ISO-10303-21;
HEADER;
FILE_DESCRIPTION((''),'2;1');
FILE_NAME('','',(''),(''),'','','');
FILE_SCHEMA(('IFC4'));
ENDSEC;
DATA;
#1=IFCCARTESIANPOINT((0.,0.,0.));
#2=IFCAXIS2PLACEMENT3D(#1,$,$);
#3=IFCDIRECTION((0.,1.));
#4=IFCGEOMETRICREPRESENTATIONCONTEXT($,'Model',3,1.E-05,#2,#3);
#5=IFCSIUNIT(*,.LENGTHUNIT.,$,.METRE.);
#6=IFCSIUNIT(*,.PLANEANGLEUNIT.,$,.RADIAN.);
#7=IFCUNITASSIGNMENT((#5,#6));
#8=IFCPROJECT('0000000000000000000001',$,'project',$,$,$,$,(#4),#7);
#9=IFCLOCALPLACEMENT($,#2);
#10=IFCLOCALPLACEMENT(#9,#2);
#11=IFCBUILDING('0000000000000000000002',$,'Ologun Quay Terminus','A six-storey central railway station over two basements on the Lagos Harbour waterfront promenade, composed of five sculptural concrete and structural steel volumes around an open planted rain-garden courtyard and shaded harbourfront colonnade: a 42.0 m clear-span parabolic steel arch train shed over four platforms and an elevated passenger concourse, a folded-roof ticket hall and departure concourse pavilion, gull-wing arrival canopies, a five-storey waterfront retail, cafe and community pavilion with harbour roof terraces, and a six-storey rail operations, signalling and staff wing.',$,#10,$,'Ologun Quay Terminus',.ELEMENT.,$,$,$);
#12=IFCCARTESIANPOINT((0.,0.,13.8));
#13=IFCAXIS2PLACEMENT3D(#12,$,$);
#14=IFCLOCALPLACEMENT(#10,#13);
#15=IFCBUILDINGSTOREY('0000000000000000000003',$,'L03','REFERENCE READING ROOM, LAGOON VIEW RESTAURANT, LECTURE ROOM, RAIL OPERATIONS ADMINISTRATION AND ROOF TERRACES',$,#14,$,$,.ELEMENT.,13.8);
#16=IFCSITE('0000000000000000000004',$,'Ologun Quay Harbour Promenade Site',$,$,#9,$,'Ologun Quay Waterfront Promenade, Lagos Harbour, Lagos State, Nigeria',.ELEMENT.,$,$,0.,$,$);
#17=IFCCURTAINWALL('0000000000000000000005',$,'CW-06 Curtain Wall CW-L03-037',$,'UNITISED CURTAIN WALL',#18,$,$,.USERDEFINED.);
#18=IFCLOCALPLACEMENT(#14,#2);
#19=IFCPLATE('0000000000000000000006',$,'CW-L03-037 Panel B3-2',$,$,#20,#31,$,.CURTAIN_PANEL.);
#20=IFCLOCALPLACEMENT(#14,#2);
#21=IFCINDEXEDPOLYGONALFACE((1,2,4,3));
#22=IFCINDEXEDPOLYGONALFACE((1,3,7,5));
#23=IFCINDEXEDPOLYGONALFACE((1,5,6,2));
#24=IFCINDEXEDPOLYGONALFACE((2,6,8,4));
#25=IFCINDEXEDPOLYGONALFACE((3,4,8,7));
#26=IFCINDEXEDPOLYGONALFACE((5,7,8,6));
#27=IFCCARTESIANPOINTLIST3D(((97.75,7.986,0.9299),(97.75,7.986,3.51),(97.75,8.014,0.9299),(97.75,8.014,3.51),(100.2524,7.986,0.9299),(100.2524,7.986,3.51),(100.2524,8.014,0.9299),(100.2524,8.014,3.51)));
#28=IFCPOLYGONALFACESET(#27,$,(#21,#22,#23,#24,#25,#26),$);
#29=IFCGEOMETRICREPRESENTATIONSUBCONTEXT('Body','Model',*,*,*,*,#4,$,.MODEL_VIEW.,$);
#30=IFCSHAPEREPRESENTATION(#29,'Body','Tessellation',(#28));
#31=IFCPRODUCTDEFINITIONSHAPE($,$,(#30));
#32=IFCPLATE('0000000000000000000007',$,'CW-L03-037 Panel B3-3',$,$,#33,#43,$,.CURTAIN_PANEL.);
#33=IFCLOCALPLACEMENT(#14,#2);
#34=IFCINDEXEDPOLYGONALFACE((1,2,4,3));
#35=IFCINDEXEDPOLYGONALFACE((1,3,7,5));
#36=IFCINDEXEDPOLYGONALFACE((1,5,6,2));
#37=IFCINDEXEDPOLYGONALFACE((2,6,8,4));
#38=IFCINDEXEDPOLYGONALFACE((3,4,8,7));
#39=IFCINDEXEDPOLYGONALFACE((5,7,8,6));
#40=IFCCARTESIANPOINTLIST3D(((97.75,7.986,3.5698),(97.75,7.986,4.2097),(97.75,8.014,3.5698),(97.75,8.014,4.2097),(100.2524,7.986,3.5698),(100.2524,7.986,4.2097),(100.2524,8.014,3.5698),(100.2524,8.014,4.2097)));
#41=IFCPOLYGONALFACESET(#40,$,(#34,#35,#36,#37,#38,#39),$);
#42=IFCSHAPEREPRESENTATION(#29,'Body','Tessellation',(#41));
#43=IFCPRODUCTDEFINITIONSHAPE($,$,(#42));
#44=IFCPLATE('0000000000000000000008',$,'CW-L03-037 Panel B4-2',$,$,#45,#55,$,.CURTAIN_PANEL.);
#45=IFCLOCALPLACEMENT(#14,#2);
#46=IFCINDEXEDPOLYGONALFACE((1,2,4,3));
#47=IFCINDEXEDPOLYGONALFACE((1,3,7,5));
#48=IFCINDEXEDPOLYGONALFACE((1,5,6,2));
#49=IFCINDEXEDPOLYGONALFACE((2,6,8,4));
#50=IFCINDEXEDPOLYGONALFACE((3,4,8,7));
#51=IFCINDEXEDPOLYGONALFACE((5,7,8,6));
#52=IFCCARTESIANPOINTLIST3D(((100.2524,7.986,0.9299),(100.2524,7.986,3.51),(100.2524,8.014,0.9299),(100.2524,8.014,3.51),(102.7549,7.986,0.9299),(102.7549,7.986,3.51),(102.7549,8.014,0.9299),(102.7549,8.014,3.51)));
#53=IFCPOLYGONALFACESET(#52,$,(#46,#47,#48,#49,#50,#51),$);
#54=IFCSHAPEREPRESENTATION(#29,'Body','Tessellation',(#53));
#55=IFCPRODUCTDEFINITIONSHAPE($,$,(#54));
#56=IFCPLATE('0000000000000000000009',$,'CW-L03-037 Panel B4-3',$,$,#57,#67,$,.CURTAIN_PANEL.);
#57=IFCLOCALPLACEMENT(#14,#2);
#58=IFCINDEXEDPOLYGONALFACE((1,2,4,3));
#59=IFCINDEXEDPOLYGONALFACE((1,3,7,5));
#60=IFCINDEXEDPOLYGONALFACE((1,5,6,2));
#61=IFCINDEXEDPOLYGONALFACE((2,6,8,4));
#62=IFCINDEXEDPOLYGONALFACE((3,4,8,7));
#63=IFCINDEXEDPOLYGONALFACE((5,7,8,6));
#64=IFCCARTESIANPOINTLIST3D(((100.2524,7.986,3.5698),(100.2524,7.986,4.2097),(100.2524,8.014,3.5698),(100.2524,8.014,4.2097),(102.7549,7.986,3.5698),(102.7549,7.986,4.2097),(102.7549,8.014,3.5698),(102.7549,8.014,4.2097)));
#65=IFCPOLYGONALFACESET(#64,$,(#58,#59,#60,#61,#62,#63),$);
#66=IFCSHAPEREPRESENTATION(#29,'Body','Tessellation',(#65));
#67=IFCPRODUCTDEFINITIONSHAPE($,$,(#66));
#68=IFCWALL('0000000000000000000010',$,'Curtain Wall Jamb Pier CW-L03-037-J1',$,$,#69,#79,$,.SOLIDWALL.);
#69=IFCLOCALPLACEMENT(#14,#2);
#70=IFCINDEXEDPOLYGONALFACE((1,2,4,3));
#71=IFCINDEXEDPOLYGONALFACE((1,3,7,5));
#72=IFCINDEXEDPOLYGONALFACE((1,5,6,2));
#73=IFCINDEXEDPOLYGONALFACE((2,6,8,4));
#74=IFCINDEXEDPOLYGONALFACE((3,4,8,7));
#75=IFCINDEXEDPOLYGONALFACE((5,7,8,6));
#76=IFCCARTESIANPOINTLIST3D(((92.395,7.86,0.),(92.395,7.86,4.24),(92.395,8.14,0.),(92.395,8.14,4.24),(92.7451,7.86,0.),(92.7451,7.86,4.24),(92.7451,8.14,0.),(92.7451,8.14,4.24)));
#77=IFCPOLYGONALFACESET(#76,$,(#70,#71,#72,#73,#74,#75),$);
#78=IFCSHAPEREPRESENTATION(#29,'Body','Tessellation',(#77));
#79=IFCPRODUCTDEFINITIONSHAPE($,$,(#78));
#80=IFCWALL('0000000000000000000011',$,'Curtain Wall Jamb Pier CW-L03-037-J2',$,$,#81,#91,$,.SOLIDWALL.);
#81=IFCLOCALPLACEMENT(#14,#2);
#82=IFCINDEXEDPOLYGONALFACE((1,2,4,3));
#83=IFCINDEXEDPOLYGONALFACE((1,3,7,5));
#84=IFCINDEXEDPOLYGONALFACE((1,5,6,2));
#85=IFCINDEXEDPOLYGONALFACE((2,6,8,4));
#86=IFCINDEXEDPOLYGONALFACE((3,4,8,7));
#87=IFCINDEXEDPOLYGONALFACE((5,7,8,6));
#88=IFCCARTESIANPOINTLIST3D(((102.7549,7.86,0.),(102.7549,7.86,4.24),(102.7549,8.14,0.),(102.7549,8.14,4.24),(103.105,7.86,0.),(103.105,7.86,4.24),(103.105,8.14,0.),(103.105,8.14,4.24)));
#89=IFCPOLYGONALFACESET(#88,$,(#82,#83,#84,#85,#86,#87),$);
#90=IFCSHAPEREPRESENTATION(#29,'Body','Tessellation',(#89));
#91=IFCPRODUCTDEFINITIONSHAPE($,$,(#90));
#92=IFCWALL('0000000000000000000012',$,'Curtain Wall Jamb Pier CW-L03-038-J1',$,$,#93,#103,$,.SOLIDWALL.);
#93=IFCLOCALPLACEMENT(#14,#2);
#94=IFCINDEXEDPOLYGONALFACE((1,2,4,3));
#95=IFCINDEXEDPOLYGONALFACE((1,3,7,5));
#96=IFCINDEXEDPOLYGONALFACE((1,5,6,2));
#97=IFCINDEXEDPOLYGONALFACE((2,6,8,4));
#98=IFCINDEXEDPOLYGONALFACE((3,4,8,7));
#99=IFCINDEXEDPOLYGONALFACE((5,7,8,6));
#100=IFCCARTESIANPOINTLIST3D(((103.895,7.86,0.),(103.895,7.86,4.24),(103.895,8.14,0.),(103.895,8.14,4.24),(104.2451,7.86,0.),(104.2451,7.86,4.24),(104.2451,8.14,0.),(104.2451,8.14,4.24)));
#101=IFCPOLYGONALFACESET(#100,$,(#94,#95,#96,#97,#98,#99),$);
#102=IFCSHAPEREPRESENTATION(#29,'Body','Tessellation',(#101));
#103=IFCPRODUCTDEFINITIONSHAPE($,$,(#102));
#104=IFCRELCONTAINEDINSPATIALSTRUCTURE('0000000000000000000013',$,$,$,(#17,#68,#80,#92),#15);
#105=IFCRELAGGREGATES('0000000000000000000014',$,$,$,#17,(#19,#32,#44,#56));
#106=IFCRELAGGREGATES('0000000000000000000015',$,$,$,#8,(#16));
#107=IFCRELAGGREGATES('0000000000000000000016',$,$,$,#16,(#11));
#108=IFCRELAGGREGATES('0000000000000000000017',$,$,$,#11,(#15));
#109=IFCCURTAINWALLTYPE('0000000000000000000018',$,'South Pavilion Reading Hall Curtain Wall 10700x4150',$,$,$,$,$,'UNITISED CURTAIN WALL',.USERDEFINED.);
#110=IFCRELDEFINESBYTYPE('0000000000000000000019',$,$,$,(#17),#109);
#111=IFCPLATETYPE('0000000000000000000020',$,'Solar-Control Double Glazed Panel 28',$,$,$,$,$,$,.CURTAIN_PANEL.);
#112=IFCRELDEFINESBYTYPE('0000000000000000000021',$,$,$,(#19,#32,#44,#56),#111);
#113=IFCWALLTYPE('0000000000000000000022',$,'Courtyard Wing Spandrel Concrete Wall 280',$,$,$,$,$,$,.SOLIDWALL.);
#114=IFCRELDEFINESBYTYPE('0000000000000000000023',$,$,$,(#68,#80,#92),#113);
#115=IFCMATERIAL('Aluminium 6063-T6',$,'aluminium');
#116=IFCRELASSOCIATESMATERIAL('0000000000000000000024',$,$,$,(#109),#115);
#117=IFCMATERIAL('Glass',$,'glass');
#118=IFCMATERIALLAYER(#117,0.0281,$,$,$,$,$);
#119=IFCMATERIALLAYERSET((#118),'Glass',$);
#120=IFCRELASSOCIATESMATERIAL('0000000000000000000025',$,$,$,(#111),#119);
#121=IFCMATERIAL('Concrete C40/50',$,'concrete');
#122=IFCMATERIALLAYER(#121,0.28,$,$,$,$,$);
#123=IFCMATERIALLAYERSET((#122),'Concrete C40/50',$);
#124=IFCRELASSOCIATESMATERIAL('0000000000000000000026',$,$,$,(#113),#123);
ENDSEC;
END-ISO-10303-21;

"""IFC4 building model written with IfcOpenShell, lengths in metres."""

from ifc_helpers import new_model, si_unit, direction, frame, frame_2d, origin, origin_2d, place, context, subcontext, project, spatial, rectangle, extrude, material, layer, layer_set, type_object, element, aggregate, save


model = new_model("IFC4")

# Units and contexts
model_context = context("Model", 3, precision=1e-05, world=origin(), true_north=direction((0.0, 1.0)))
body_context = subcontext(model_context, "Body", "Model", "MODEL_VIEW")
ifc_project = project(units=[si_unit("LENGTHUNIT", "METRE"), si_unit("PLANEANGLEUNIT", "RADIAN")], contexts=[model_context])

# Site, building, storey
site_placement = place(None, origin())
site = spatial("IfcSite", under=ifc_project, at=site_placement, Name="Ologun Quay Harbour Promenade Site", LongName="Ologun Quay Waterfront Promenade, Lagos Harbour, Lagos State, Nigeria", CompositionType="ELEMENT", RefElevation=0.0)
building_placement = place(site_placement, origin())
building = spatial("IfcBuilding", under=site, at=building_placement, Name="Ologun Quay Terminus", Description="A six-storey central railway station over two basements on the Lagos Harbour waterfront promenade, composed of five sculptural concrete and structural steel volumes around an open planted rain-garden courtyard and shaded harbourfront colonnade: a 42.0 m clear-span parabolic steel arch train shed over four platforms and an elevated passenger concourse, a folded-roof ticket hall and departure concourse pavilion, gull-wing arrival canopies, a five-storey waterfront retail, cafe and community pavilion with harbour roof terraces, and a six-storey rail operations, signalling and staff wing.", LongName="Ologun Quay Terminus", CompositionType="ELEMENT")
storey_placement = place(building_placement, frame((0.0, 0.0, 13.8)))
storey = spatial("IfcBuildingStorey", under=building, at=storey_placement, Name="L03", Description="REFERENCE READING ROOM, LAGOON VIEW RESTAURANT, LECTURE ROOM, RAIL OPERATIONS ADMINISTRATION AND ROOF TERRACES", CompositionType="ELEMENT", Elevation=13.8)

# Curtain wall
ifc_material_1 = material(Name="Aluminium 6063-T6", Category="aluminium")
curtain_wall_type = type_object("IfcCurtainWallType", Name="South Pavilion Reading Hall Curtain Wall 10700x4150", ElementType="UNITISED CURTAIN WALL", PredefinedType="USERDEFINED", material=ifc_material_1)
curtain_wall_1_placement = place(storey_placement, origin())
curtain_wall_1 = element("IfcCurtainWall", 1, at=curtain_wall_1_placement, inside=storey, type_object=curtain_wall_type, Name="CW-06 Curtain Wall CW-L03-037", ObjectType="UNITISED CURTAIN WALL", PredefinedType="USERDEFINED")

# Plates
ifc_material_2 = material(Name="Glass", Category="glass")
ifc_layer_1 = layer(ifc_material_2, 0.0281)
ifc_layer_set_1 = layer_set([ifc_layer_1], Name="Glass")
plate_type_1 = type_object("IfcPlateType", Name="Solar-Control Double Glazed Panel 28", PredefinedType="CURTAIN_PANEL", material=ifc_layer_set_1)
plate_1_placement = place(storey_placement, frame((99.0012, 8.0, 0.9299), z_axis=(0.0, 0.0, 1.0), x_axis=(1.0, 0.0, 0.0)))
plate_1 = element("IfcPlate", 2, at=plate_1_placement, type_object=plate_type_1, Name="CW-L03-037 Panel B3-2", PredefinedType="CURTAIN_PANEL", context=body_context, shape_type="SweptSolid", body=[
    extrude(rectangle(XDim=2.5024, YDim=0.0281, at=origin_2d()), origin(), (0.0, 0.0, 1.0), 2.5801),
])
plate_2_placement = place(storey_placement, frame((99.0012, 8.0, 3.5698), z_axis=(0.0, 0.0, 1.0), x_axis=(1.0, 0.0, 0.0)))
plate_2 = element("IfcPlate", 3, at=plate_2_placement, type_object=plate_type_1, Name="CW-L03-037 Panel B3-3", PredefinedType="CURTAIN_PANEL", context=body_context, shape_type="SweptSolid", body=[
    extrude(rectangle(XDim=2.5024, YDim=0.0281, at=origin_2d()), origin(), (0.0, 0.0, 1.0), 0.6399),
])
plate_3_placement = place(storey_placement, frame((101.5037, 8.0, 0.9299), z_axis=(0.0, 0.0, 1.0), x_axis=(1.0, 0.0, 0.0)))
plate_3 = element("IfcPlate", 4, at=plate_3_placement, type_object=plate_type_1, Name="CW-L03-037 Panel B4-2", PredefinedType="CURTAIN_PANEL", context=body_context, shape_type="SweptSolid", body=[
    extrude(rectangle(XDim=2.5024, YDim=0.0281, at=origin_2d()), origin(), (0.0, 0.0, 1.0), 2.5801),
])
plate_4_placement = place(storey_placement, frame((101.5037, 8.0, 3.5698), z_axis=(0.0, 0.0, 1.0), x_axis=(1.0, 0.0, 0.0)))
plate_4 = element("IfcPlate", 5, at=plate_4_placement, type_object=plate_type_1, Name="CW-L03-037 Panel B4-3", PredefinedType="CURTAIN_PANEL", context=body_context, shape_type="SweptSolid", body=[
    extrude(rectangle(XDim=2.5024, YDim=0.0281, at=origin_2d()), origin(), (0.0, 0.0, 1.0), 0.6399),
])
aggregate(curtain_wall_1, [plate_1, plate_2, plate_3, plate_4])

# Walls
ifc_material_3 = material(Name="Concrete C40/50", Category="concrete")
ifc_layer_2 = layer(ifc_material_3, 0.28)
ifc_layer_set_2 = layer_set([ifc_layer_2], Name="Concrete C40/50")
wall_type = type_object("IfcWallType", Name="Courtyard Wing Spandrel Concrete Wall 280", PredefinedType="SOLIDWALL", material=ifc_layer_set_2)
for number, where, z_axis, x_axis, name in (
    (6, (92.395, 8.0, 0.0), (0.0, 0.0, 1.0), (1.0, 0.0, 0.0), "Curtain Wall Jamb Pier CW-L03-037-J1"),
    (7, (102.7549, 8.0, 0.0), (0.0, 0.0, 1.0), (1.0, 0.0, 0.0), "Curtain Wall Jamb Pier CW-L03-037-J2"),
    (8, (103.895, 8.0, 0.0), (0.0, 0.0, 1.0), (1.0, 0.0, 0.0), "Curtain Wall Jamb Pier CW-L03-038-J1"),
):
    element("IfcWall", number, at=place(storey_placement, frame(where, z_axis=z_axis, x_axis=x_axis)), inside=storey, type_object=wall_type, Name=name, PredefinedType="SOLIDWALL", context=body_context, shape_type="SweptSolid", body=[
        extrude(rectangle(XDim=0.3501, YDim=0.28, at=frame_2d((0.175, 0.0))), origin(), (0.0, 0.0, 1.0), 4.24),
    ])

save(model, "model.ifc")
